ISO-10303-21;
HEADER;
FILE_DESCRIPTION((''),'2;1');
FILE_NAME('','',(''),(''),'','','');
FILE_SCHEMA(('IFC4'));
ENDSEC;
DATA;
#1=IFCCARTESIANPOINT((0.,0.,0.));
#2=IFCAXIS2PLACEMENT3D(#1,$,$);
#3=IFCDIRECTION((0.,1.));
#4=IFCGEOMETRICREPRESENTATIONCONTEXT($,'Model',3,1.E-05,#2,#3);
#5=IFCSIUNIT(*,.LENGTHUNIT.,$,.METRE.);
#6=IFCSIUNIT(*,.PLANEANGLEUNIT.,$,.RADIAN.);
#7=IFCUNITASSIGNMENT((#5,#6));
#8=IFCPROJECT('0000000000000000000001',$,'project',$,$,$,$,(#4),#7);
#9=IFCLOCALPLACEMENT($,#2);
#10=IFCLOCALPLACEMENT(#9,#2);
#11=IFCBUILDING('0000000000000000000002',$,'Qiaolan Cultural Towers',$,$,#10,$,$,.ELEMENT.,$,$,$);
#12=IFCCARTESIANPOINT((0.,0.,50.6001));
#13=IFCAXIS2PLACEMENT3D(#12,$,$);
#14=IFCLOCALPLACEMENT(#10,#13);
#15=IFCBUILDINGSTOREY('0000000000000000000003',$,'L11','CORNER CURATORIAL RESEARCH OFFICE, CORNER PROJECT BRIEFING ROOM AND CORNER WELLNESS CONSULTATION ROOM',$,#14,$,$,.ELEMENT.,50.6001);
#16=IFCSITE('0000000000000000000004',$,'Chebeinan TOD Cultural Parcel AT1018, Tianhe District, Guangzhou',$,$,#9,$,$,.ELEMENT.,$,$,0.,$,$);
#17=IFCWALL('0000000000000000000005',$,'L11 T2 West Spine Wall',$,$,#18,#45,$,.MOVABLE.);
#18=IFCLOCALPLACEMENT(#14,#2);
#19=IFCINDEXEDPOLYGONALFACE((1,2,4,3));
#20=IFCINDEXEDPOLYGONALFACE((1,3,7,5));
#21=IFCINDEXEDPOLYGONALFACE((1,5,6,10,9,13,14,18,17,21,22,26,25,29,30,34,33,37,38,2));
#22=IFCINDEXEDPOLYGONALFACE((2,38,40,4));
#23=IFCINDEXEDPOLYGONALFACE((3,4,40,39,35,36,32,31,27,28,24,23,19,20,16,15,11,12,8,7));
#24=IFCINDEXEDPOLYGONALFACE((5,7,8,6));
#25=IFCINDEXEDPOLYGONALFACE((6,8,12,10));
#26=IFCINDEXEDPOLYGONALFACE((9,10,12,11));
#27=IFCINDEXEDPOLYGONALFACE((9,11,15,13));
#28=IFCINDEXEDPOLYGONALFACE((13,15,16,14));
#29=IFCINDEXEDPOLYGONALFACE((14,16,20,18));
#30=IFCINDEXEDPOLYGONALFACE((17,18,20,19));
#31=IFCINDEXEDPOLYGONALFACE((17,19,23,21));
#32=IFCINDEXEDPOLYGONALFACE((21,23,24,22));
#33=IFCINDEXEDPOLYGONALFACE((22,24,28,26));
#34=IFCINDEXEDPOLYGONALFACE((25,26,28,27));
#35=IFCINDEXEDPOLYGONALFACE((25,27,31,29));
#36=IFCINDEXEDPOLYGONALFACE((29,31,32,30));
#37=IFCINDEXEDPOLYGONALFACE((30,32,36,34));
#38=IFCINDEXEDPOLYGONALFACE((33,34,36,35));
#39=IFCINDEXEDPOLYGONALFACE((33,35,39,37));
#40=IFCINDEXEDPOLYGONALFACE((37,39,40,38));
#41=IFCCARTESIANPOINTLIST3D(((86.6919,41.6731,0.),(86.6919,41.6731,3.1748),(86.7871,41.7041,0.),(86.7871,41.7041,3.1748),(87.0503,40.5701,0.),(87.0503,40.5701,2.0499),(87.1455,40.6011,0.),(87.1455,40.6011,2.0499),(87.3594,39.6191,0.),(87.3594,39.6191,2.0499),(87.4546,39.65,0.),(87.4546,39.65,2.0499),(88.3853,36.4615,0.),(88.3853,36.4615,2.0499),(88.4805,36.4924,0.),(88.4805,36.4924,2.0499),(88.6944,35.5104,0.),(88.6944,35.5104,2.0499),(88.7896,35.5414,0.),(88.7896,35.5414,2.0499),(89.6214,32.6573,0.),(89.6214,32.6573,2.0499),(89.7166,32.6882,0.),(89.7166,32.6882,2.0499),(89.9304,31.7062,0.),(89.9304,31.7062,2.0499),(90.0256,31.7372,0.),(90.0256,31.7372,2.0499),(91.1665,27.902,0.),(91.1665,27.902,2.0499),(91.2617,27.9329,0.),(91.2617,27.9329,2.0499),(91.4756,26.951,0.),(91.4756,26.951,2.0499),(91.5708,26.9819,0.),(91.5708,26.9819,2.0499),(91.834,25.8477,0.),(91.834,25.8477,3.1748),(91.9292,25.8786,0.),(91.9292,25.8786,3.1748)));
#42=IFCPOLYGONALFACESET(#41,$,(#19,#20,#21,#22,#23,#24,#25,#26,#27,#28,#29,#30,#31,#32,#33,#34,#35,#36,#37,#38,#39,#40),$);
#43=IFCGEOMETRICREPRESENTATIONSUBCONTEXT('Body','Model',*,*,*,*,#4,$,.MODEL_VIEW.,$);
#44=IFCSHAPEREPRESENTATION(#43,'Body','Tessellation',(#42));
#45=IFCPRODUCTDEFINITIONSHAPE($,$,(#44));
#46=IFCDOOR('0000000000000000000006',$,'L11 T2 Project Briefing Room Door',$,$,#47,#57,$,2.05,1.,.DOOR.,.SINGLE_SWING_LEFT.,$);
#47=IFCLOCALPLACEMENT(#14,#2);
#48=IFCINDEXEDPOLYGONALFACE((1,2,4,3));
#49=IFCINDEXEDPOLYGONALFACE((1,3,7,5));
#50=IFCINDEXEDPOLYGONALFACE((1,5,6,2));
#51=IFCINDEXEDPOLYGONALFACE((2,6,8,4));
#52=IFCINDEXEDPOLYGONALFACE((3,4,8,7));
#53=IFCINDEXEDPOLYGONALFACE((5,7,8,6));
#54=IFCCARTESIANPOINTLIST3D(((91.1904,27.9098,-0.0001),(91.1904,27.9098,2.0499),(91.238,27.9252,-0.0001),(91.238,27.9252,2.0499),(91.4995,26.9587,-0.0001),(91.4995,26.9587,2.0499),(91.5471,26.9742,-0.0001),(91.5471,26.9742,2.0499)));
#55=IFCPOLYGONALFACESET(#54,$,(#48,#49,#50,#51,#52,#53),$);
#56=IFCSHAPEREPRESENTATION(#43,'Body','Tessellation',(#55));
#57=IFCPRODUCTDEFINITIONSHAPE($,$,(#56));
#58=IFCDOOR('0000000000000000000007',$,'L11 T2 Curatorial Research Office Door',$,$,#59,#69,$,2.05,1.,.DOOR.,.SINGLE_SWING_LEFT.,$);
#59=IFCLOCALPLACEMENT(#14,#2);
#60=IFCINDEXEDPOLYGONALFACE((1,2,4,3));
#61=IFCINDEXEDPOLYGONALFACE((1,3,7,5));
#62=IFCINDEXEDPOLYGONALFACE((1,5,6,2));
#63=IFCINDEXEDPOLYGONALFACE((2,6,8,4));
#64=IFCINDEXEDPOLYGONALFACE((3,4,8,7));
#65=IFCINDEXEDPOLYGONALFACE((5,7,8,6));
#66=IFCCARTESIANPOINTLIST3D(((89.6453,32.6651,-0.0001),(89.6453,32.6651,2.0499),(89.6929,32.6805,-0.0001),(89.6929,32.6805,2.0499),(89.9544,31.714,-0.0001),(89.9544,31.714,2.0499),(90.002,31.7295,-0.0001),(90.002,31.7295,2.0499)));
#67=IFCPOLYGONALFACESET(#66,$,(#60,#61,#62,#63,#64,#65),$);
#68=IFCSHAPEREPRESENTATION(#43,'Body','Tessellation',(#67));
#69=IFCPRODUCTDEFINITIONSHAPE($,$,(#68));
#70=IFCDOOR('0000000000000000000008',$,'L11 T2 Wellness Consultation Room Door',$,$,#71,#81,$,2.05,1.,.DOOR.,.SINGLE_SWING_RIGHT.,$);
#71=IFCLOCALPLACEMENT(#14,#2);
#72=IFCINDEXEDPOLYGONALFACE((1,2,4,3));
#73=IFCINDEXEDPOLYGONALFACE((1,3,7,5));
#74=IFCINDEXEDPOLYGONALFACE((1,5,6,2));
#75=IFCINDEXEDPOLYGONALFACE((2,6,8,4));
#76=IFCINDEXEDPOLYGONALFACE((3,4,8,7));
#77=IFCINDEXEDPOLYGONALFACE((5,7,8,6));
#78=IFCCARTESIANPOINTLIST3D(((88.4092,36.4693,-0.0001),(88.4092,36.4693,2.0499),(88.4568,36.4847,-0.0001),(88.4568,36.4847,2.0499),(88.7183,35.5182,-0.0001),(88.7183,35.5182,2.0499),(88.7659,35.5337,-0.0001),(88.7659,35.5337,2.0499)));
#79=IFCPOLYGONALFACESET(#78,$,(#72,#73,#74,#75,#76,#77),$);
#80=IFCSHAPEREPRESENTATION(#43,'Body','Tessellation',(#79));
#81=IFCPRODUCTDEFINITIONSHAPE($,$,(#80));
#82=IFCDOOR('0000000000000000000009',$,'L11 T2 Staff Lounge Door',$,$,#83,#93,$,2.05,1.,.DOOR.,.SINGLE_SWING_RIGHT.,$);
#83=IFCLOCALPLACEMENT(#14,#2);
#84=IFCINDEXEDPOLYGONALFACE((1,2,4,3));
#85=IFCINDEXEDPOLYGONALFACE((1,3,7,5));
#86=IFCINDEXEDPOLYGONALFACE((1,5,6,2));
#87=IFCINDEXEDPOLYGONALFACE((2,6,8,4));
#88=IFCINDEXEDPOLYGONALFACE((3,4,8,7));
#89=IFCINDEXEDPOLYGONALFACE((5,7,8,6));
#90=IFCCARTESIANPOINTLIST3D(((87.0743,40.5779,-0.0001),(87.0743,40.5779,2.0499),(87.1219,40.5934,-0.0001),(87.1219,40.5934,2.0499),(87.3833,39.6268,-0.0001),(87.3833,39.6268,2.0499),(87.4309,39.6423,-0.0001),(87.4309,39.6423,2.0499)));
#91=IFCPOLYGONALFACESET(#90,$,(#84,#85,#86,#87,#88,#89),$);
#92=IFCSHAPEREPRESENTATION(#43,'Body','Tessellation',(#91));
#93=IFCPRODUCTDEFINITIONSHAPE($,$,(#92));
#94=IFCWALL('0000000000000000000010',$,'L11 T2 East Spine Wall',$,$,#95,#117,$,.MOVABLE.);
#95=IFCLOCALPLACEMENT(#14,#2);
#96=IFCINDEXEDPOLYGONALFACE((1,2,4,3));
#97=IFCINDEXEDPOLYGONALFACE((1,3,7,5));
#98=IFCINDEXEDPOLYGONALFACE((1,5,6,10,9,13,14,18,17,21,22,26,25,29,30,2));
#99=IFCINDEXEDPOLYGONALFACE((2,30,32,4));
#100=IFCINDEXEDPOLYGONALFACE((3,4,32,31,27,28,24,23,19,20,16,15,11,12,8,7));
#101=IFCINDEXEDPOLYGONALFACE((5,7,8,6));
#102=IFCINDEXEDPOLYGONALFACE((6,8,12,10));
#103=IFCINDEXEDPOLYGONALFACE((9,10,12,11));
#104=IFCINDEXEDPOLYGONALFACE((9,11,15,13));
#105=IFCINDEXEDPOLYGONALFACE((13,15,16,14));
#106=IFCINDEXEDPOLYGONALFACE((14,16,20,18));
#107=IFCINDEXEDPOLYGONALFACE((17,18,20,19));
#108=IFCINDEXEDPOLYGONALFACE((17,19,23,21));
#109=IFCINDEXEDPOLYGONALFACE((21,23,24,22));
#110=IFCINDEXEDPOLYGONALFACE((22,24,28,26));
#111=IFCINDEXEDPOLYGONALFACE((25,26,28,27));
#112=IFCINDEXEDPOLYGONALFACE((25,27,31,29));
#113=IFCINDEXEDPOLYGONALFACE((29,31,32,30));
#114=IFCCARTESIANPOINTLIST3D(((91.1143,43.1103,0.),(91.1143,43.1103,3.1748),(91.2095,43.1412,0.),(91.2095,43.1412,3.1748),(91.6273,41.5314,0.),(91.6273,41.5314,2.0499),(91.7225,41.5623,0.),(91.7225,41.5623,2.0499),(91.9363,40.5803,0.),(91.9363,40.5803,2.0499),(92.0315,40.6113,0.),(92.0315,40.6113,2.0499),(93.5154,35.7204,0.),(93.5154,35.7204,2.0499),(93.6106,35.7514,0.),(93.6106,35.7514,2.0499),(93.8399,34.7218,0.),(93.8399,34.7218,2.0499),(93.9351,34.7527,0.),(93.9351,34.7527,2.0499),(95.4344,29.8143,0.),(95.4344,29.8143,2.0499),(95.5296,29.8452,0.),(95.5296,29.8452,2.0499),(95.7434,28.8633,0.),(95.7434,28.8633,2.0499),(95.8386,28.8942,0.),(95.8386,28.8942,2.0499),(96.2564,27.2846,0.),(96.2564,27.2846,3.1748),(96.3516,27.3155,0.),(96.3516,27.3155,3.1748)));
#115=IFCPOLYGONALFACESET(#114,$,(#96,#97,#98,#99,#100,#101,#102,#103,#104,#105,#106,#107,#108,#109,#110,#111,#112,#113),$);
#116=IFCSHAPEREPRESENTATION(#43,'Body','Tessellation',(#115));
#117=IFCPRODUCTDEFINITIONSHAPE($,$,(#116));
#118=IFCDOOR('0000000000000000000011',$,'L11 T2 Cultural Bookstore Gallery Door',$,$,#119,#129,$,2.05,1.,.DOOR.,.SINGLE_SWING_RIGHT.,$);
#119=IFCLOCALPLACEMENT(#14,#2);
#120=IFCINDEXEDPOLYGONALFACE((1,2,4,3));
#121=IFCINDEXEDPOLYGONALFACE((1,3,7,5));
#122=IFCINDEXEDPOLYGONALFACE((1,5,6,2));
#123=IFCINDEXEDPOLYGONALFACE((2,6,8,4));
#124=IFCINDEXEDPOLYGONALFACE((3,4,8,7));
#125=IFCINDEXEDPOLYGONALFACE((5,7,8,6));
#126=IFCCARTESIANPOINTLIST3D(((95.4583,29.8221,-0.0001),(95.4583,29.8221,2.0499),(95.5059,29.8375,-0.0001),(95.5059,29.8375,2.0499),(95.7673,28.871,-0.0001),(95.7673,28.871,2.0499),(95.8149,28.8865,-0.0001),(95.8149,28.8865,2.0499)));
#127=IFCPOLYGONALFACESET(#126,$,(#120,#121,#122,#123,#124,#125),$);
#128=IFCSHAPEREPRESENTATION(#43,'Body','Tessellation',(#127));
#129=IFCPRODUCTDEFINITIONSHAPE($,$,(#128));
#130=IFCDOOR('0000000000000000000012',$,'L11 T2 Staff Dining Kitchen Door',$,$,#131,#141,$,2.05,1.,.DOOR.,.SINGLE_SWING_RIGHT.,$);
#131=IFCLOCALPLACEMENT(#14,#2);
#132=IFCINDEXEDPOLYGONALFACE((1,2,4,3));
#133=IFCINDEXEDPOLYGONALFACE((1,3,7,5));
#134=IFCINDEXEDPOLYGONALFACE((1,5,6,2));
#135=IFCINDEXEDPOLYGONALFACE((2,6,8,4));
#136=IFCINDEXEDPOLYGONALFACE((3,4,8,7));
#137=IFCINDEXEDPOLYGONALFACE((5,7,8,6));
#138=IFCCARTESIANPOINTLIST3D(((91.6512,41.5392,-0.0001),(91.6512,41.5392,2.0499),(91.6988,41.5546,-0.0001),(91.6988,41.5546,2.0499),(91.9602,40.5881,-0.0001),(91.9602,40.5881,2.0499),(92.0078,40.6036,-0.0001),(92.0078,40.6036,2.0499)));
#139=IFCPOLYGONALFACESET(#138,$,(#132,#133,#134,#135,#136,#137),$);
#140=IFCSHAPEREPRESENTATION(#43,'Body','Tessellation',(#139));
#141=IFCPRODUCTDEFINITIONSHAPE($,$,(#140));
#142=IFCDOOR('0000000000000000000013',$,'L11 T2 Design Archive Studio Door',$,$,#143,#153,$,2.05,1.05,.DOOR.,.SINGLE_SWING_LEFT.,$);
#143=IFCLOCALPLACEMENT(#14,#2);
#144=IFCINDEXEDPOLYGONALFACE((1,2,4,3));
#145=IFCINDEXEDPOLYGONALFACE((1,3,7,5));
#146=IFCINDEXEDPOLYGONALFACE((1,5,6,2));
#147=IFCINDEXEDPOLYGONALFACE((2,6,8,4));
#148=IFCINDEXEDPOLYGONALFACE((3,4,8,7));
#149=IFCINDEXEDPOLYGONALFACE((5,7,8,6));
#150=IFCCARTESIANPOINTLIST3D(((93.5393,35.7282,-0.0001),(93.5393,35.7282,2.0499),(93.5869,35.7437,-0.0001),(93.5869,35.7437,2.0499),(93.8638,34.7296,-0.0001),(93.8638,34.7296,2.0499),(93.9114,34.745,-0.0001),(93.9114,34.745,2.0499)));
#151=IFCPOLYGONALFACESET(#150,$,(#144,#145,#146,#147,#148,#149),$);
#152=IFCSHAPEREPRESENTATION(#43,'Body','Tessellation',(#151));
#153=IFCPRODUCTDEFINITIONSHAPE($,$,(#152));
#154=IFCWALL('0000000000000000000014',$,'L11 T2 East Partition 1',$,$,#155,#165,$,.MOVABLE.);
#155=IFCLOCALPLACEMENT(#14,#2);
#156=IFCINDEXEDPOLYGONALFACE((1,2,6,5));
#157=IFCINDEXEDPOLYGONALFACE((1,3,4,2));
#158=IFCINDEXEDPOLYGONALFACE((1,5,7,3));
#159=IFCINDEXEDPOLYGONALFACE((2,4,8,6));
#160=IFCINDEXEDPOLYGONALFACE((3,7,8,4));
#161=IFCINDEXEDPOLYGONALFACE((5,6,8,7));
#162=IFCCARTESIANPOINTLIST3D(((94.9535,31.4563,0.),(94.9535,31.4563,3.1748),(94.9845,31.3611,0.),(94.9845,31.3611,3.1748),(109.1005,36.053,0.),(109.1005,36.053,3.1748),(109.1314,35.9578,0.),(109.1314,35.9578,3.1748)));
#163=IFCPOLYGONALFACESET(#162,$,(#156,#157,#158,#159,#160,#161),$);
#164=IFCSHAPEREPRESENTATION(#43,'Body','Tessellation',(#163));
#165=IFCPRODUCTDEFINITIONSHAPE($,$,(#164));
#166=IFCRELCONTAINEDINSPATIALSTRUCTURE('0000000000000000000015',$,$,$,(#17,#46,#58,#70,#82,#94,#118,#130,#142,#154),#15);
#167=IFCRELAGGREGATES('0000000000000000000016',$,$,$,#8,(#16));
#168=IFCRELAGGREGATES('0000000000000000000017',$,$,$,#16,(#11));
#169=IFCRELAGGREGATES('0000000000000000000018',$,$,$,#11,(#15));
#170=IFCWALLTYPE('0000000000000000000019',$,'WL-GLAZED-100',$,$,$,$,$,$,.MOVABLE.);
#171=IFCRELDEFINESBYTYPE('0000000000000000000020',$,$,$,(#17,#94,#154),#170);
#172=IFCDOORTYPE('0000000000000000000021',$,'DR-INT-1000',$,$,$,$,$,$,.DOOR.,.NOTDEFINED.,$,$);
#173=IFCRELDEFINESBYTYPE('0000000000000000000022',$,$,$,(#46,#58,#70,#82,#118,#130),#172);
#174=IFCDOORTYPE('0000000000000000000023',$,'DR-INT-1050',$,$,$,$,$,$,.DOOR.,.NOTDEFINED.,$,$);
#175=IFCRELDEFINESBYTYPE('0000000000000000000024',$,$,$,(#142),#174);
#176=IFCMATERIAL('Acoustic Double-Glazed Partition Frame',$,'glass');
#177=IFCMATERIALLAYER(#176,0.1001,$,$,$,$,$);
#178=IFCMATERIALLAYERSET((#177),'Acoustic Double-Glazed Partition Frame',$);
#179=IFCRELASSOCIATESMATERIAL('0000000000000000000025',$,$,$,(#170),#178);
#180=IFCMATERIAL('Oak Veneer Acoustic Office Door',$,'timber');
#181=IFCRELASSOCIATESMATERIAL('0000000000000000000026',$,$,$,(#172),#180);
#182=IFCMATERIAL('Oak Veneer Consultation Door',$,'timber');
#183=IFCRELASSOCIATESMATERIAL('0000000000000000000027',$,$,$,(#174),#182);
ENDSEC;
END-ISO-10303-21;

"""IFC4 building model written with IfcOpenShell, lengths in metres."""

from ifc_helpers import new_model, si_unit, direction, frame, frame_2d, origin, place, context, subcontext, project, spatial, rectangle, extrude, material, layer, layer_set, type_object, element, fill, save


model = new_model("IFC4")

# Units and contexts
model_context = context("Model", 3, precision=1e-05, world=origin(), true_north=direction((0.0, 1.0)))
body_context = subcontext(model_context, "Body", "Model", "MODEL_VIEW")
ifc_project = project(units=[si_unit("LENGTHUNIT", "METRE"), si_unit("PLANEANGLEUNIT", "RADIAN")], contexts=[model_context])

# Site, building, storey
site_placement = place(None, origin())
site = spatial("IfcSite", under=ifc_project, at=site_placement, Name="Chebeinan TOD Cultural Parcel AT1018, Tianhe District, Guangzhou", CompositionType="ELEMENT", RefElevation=0.0)
building_placement = place(site_placement, origin())
building = spatial("IfcBuilding", under=site, at=building_placement, Name="Qiaolan Cultural Towers", CompositionType="ELEMENT")
storey_placement = place(building_placement, frame((0.0, 0.0, 50.6001)))
storey = spatial("IfcBuildingStorey", under=building, at=storey_placement, Name="L11", Description="CORNER CURATORIAL RESEARCH OFFICE, CORNER PROJECT BRIEFING ROOM AND CORNER WELLNESS CONSULTATION ROOM", CompositionType="ELEMENT", Elevation=50.6001)

# Shared definitions
ifc_material_1 = material(Name="Acoustic Double-Glazed Partition Frame", Category="glass")
ifc_layer = layer(ifc_material_1, 0.1001)
ifc_layer_set = layer_set([ifc_layer], Name="Acoustic Double-Glazed Partition Frame")
wall_type = type_object("IfcWallType", Name="WL-GLAZED-100", PredefinedType="MOVABLE", material=ifc_layer_set)

# Walls, openings, doors
wall_1_placement = place(storey_placement, frame((91.8816, 25.8633, 0.0), z_axis=(0.0, 0.0, 1.0), x_axis=(-0.309022, 0.951055, 0.0)))
wall_1 = element("IfcWall", 1, at=wall_1_placement, inside=storey, type_object=wall_type, Name="L11 T2 West Spine Wall", PredefinedType="MOVABLE", context=body_context, shape_type="SweptSolid", body=[
    extrude(rectangle(XDim=16.6399, YDim=0.1001, at=frame_2d((8.3198, 0.0))), origin(), (0.0, 0.0, 1.0), 3.1748),
])
opening_1_placement = place(wall_1_placement, frame((1.1599, 0.0, 0.0)))
opening_1 = element("IfcOpeningElement", 2, at=opening_1_placement, cuts=wall_1, PredefinedType="OPENING", context=body_context, shape_type="SweptSolid", body=[
    extrude(rectangle(XDim=1.0, YDim=2.05, at=frame_2d((0.5, 1.0249))), frame((0.0, 0.0601, 0.0), z_axis=(0.0, -1.0, 0.0), x_axis=(1.0, 0.0, 0.0)), (0.0, 0.0, 1.0), 0.1201),
])
opening_2_placement = place(wall_1_placement, frame((6.1599, 0.0, 0.0)))
opening_2 = element("IfcOpeningElement", 3, at=opening_2_placement, cuts=wall_1, PredefinedType="OPENING", context=body_context, shape_type="SweptSolid", body=[
    extrude(rectangle(XDim=1.0, YDim=2.05, at=frame_2d((0.5, 1.0249))), frame((0.0, 0.0601, 0.0), z_axis=(0.0, -1.0, 0.0), x_axis=(1.0, 0.0, 0.0)), (0.0, 0.0, 1.0), 0.1201),
])
opening_3_placement = place(wall_1_placement, frame((10.1599, 0.0, 0.0)))
opening_3 = element("IfcOpeningElement", 4, at=opening_3_placement, cuts=wall_1, PredefinedType="OPENING", context=body_context, shape_type="SweptSolid", body=[
    extrude(rectangle(XDim=1.0, YDim=2.05, at=frame_2d((0.5, 1.0249))), frame((0.0, 0.0601, 0.0), z_axis=(0.0, -1.0, 0.0), x_axis=(1.0, 0.0, 0.0)), (0.0, 0.0, 1.0), 0.1201),
])
opening_4_placement = place(wall_1_placement, frame((14.48, 0.0, 0.0)))
opening_4 = element("IfcOpeningElement", 5, at=opening_4_placement, cuts=wall_1, PredefinedType="OPENING", context=body_context, shape_type="SweptSolid", body=[
    extrude(rectangle(XDim=1.0, YDim=2.05, at=frame_2d((0.5, 1.0249))), frame((0.0, 0.0601, 0.0), z_axis=(0.0, -1.0, 0.0), x_axis=(1.0, 0.0, 0.0)), (0.0, 0.0, 1.0), 0.1201),
])
ifc_material_2 = material(Name="Oak Veneer Acoustic Office Door", Category="timber")
door_type_1 = type_object("IfcDoorType", Name="DR-INT-1000", OperationType="NOTDEFINED", PredefinedType="DOOR", material=ifc_material_2)
door_1_placement = place(opening_1_placement, origin())
door_1 = element("IfcDoor", 6, at=door_1_placement, inside=storey, type_object=door_type_1, Name="L11 T2 Project Briefing Room Door", OperationType="SINGLE_SWING_LEFT", OverallHeight=2.05, OverallWidth=1.0, PredefinedType="DOOR", context=body_context, shape_type="SweptSolid", body=[
    extrude(rectangle(XDim=1.0, YDim=2.05, at=frame_2d((0.5, 1.0249))), frame((0.0, 0.0249, 0.0), z_axis=(0.0, -1.0, 0.0), x_axis=(1.0, 0.0, 0.0)), (0.0, 0.0, 1.0), 0.05),
])
fill(opening_1, door_1)
door_2_placement = place(opening_2_placement, origin())
door_2 = element("IfcDoor", 7, at=door_2_placement, inside=storey, type_object=door_type_1, Name="L11 T2 Curatorial Research Office Door", OperationType="SINGLE_SWING_LEFT", OverallHeight=2.05, OverallWidth=1.0, PredefinedType="DOOR", context=body_context, shape_type="SweptSolid", body=[
    extrude(rectangle(XDim=1.0, YDim=2.05, at=frame_2d((0.5, 1.0249))), frame((0.0, 0.0249, 0.0), z_axis=(0.0, -1.0, 0.0), x_axis=(1.0, 0.0, 0.0)), (0.0, 0.0, 1.0), 0.05),
])
fill(opening_2, door_2)
door_3_placement = place(opening_3_placement, origin())
door_3 = element("IfcDoor", 8, at=door_3_placement, inside=storey, type_object=door_type_1, Name="L11 T2 Wellness Consultation Room Door", OperationType="SINGLE_SWING_RIGHT", OverallHeight=2.05, OverallWidth=1.0, PredefinedType="DOOR", context=body_context, shape_type="SweptSolid", body=[
    extrude(rectangle(XDim=1.0, YDim=2.05, at=frame_2d((0.5, 1.0249))), frame((0.0, 0.0249, 0.0), z_axis=(0.0, -1.0, 0.0), x_axis=(1.0, 0.0, 0.0)), (0.0, 0.0, 1.0), 0.05),
])
fill(opening_3, door_3)
door_4_placement = place(opening_4_placement, origin())
door_4 = element("IfcDoor", 9, at=door_4_placement, inside=storey, type_object=door_type_1, Name="L11 T2 Staff Lounge Door", OperationType="SINGLE_SWING_RIGHT", OverallHeight=2.05, OverallWidth=1.0, PredefinedType="DOOR", context=body_context, shape_type="SweptSolid", body=[
    extrude(rectangle(XDim=1.0, YDim=2.05, at=frame_2d((0.5, 1.0249))), frame((0.0, 0.0249, 0.0), z_axis=(0.0, -1.0, 0.0), x_axis=(1.0, 0.0, 0.0)), (0.0, 0.0, 1.0), 0.05),
])
fill(opening_4, door_4)
wall_2_placement = place(storey_placement, frame((96.304, 27.3, 0.0), z_axis=(0.0, 0.0, 1.0), x_axis=(-0.309018, 0.951056, 0.0)))
wall_2 = element("IfcWall", 10, at=wall_2_placement, inside=storey, type_object=wall_type, Name="L11 T2 East Spine Wall", PredefinedType="MOVABLE", context=body_context, shape_type="SweptSolid", body=[
    extrude(rectangle(XDim=16.6401, YDim=0.1001, at=frame_2d((8.3201, 0.0))), origin(), (0.0, 0.0, 1.0), 3.1748),
])
opening_5_placement = place(wall_2_placement, frame((1.6599, 0.0, 0.0)))
opening_5 = element("IfcOpeningElement", 11, at=opening_5_placement, cuts=wall_2, PredefinedType="OPENING", context=body_context, shape_type="SweptSolid", body=[
    extrude(rectangle(XDim=1.0, YDim=2.05, at=frame_2d((0.5, 1.0249))), frame((0.0, 0.0601, 0.0), z_axis=(0.0, -1.0, 0.0), x_axis=(1.0, 0.0, 0.0)), (0.0, 0.0, 1.0), 0.1201),
])
opening_6_placement = place(wall_2_placement, frame((7.8201, 0.0, 0.0)))
opening_6 = element("IfcOpeningElement", 12, at=opening_6_placement, cuts=wall_2, PredefinedType="OPENING", context=body_context, shape_type="SweptSolid", body=[
    extrude(rectangle(XDim=1.05, YDim=2.05, at=frame_2d((0.5249, 1.0249))), frame((0.0, 0.0601, 0.0), z_axis=(0.0, -1.0, 0.0), x_axis=(1.0, 0.0, 0.0)), (0.0, 0.0, 1.0), 0.1201),
])
opening_7_placement = place(wall_2_placement, frame((13.98, 0.0, 0.0)))
opening_7 = element("IfcOpeningElement", 13, at=opening_7_placement, cuts=wall_2, PredefinedType="OPENING", context=body_context, shape_type="SweptSolid", body=[
    extrude(rectangle(XDim=1.0, YDim=2.05, at=frame_2d((0.5, 1.0249))), frame((0.0, 0.0601, 0.0), z_axis=(0.0, -1.0, 0.0), x_axis=(1.0, 0.0, 0.0)), (0.0, 0.0, 1.0), 0.1201),
])
door_5_placement = place(opening_5_placement, origin())
door_5 = element("IfcDoor", 14, at=door_5_placement, inside=storey, type_object=door_type_1, Name="L11 T2 Cultural Bookstore Gallery Door", OperationType="SINGLE_SWING_RIGHT", OverallHeight=2.05, OverallWidth=1.0, PredefinedType="DOOR", context=body_context, shape_type="SweptSolid", body=[
    extrude(rectangle(XDim=1.0, YDim=2.05, at=frame_2d((0.5, 1.0249))), frame((0.0, 0.0249, 0.0), z_axis=(0.0, -1.0, 0.0), x_axis=(1.0, 0.0, 0.0)), (0.0, 0.0, 1.0), 0.05),
])
fill(opening_5, door_5)
door_6_placement = place(opening_7_placement, origin())
door_6 = element("IfcDoor", 15, at=door_6_placement, inside=storey, type_object=door_type_1, Name="L11 T2 Staff Dining Kitchen Door", OperationType="SINGLE_SWING_RIGHT", OverallHeight=2.05, OverallWidth=1.0, PredefinedType="DOOR", context=body_context, shape_type="SweptSolid", body=[
    extrude(rectangle(XDim=1.0, YDim=2.05, at=frame_2d((0.5, 1.0249))), frame((0.0, 0.0249, 0.0), z_axis=(0.0, -1.0, 0.0), x_axis=(1.0, 0.0, 0.0)), (0.0, 0.0, 1.0), 0.05),
])
fill(opening_7, door_6)
ifc_material_3 = material(Name="Oak Veneer Consultation Door", Category="timber")
door_type_2 = type_object("IfcDoorType", Name="DR-INT-1050", OperationType="NOTDEFINED", PredefinedType="DOOR", material=ifc_material_3)
door_7_placement = place(opening_6_placement, origin())
door_7 = element("IfcDoor", 16, at=door_7_placement, inside=storey, type_object=door_type_2, Name="L11 T2 Design Archive Studio Door", OperationType="SINGLE_SWING_LEFT", OverallHeight=2.05, OverallWidth=1.05, PredefinedType="DOOR", context=body_context, shape_type="SweptSolid", body=[
    extrude(rectangle(XDim=1.05, YDim=2.05, at=frame_2d((0.5249, 1.0249))), frame((0.0, 0.0249, 0.0), z_axis=(0.0, -1.0, 0.0), x_axis=(1.0, 0.0, 0.0)), (0.0, 0.0, 1.0), 0.05),
])
fill(opening_6, door_7)

# Wall
for number, where, z_axis, x_axis, name in (
    (17, (94.969, 31.4087, 0.0), (0.0, 0.0, 1.0), (0.951056, 0.30902, 0.0), "L11 T2 East Partition 1"),
):
    element("IfcWall", number, at=place(storey_placement, frame(where, z_axis=z_axis, x_axis=x_axis)), inside=storey, type_object=wall_type, Name=name, PredefinedType="MOVABLE", context=body_context, shape_type="SweptSolid", body=[
        extrude(rectangle(XDim=14.875, YDim=0.1001, at=frame_2d((7.4375, 0.0))), origin(), (0.0, 0.0, 1.0), 3.1748),
    ])

save(model, "model.ifc")
